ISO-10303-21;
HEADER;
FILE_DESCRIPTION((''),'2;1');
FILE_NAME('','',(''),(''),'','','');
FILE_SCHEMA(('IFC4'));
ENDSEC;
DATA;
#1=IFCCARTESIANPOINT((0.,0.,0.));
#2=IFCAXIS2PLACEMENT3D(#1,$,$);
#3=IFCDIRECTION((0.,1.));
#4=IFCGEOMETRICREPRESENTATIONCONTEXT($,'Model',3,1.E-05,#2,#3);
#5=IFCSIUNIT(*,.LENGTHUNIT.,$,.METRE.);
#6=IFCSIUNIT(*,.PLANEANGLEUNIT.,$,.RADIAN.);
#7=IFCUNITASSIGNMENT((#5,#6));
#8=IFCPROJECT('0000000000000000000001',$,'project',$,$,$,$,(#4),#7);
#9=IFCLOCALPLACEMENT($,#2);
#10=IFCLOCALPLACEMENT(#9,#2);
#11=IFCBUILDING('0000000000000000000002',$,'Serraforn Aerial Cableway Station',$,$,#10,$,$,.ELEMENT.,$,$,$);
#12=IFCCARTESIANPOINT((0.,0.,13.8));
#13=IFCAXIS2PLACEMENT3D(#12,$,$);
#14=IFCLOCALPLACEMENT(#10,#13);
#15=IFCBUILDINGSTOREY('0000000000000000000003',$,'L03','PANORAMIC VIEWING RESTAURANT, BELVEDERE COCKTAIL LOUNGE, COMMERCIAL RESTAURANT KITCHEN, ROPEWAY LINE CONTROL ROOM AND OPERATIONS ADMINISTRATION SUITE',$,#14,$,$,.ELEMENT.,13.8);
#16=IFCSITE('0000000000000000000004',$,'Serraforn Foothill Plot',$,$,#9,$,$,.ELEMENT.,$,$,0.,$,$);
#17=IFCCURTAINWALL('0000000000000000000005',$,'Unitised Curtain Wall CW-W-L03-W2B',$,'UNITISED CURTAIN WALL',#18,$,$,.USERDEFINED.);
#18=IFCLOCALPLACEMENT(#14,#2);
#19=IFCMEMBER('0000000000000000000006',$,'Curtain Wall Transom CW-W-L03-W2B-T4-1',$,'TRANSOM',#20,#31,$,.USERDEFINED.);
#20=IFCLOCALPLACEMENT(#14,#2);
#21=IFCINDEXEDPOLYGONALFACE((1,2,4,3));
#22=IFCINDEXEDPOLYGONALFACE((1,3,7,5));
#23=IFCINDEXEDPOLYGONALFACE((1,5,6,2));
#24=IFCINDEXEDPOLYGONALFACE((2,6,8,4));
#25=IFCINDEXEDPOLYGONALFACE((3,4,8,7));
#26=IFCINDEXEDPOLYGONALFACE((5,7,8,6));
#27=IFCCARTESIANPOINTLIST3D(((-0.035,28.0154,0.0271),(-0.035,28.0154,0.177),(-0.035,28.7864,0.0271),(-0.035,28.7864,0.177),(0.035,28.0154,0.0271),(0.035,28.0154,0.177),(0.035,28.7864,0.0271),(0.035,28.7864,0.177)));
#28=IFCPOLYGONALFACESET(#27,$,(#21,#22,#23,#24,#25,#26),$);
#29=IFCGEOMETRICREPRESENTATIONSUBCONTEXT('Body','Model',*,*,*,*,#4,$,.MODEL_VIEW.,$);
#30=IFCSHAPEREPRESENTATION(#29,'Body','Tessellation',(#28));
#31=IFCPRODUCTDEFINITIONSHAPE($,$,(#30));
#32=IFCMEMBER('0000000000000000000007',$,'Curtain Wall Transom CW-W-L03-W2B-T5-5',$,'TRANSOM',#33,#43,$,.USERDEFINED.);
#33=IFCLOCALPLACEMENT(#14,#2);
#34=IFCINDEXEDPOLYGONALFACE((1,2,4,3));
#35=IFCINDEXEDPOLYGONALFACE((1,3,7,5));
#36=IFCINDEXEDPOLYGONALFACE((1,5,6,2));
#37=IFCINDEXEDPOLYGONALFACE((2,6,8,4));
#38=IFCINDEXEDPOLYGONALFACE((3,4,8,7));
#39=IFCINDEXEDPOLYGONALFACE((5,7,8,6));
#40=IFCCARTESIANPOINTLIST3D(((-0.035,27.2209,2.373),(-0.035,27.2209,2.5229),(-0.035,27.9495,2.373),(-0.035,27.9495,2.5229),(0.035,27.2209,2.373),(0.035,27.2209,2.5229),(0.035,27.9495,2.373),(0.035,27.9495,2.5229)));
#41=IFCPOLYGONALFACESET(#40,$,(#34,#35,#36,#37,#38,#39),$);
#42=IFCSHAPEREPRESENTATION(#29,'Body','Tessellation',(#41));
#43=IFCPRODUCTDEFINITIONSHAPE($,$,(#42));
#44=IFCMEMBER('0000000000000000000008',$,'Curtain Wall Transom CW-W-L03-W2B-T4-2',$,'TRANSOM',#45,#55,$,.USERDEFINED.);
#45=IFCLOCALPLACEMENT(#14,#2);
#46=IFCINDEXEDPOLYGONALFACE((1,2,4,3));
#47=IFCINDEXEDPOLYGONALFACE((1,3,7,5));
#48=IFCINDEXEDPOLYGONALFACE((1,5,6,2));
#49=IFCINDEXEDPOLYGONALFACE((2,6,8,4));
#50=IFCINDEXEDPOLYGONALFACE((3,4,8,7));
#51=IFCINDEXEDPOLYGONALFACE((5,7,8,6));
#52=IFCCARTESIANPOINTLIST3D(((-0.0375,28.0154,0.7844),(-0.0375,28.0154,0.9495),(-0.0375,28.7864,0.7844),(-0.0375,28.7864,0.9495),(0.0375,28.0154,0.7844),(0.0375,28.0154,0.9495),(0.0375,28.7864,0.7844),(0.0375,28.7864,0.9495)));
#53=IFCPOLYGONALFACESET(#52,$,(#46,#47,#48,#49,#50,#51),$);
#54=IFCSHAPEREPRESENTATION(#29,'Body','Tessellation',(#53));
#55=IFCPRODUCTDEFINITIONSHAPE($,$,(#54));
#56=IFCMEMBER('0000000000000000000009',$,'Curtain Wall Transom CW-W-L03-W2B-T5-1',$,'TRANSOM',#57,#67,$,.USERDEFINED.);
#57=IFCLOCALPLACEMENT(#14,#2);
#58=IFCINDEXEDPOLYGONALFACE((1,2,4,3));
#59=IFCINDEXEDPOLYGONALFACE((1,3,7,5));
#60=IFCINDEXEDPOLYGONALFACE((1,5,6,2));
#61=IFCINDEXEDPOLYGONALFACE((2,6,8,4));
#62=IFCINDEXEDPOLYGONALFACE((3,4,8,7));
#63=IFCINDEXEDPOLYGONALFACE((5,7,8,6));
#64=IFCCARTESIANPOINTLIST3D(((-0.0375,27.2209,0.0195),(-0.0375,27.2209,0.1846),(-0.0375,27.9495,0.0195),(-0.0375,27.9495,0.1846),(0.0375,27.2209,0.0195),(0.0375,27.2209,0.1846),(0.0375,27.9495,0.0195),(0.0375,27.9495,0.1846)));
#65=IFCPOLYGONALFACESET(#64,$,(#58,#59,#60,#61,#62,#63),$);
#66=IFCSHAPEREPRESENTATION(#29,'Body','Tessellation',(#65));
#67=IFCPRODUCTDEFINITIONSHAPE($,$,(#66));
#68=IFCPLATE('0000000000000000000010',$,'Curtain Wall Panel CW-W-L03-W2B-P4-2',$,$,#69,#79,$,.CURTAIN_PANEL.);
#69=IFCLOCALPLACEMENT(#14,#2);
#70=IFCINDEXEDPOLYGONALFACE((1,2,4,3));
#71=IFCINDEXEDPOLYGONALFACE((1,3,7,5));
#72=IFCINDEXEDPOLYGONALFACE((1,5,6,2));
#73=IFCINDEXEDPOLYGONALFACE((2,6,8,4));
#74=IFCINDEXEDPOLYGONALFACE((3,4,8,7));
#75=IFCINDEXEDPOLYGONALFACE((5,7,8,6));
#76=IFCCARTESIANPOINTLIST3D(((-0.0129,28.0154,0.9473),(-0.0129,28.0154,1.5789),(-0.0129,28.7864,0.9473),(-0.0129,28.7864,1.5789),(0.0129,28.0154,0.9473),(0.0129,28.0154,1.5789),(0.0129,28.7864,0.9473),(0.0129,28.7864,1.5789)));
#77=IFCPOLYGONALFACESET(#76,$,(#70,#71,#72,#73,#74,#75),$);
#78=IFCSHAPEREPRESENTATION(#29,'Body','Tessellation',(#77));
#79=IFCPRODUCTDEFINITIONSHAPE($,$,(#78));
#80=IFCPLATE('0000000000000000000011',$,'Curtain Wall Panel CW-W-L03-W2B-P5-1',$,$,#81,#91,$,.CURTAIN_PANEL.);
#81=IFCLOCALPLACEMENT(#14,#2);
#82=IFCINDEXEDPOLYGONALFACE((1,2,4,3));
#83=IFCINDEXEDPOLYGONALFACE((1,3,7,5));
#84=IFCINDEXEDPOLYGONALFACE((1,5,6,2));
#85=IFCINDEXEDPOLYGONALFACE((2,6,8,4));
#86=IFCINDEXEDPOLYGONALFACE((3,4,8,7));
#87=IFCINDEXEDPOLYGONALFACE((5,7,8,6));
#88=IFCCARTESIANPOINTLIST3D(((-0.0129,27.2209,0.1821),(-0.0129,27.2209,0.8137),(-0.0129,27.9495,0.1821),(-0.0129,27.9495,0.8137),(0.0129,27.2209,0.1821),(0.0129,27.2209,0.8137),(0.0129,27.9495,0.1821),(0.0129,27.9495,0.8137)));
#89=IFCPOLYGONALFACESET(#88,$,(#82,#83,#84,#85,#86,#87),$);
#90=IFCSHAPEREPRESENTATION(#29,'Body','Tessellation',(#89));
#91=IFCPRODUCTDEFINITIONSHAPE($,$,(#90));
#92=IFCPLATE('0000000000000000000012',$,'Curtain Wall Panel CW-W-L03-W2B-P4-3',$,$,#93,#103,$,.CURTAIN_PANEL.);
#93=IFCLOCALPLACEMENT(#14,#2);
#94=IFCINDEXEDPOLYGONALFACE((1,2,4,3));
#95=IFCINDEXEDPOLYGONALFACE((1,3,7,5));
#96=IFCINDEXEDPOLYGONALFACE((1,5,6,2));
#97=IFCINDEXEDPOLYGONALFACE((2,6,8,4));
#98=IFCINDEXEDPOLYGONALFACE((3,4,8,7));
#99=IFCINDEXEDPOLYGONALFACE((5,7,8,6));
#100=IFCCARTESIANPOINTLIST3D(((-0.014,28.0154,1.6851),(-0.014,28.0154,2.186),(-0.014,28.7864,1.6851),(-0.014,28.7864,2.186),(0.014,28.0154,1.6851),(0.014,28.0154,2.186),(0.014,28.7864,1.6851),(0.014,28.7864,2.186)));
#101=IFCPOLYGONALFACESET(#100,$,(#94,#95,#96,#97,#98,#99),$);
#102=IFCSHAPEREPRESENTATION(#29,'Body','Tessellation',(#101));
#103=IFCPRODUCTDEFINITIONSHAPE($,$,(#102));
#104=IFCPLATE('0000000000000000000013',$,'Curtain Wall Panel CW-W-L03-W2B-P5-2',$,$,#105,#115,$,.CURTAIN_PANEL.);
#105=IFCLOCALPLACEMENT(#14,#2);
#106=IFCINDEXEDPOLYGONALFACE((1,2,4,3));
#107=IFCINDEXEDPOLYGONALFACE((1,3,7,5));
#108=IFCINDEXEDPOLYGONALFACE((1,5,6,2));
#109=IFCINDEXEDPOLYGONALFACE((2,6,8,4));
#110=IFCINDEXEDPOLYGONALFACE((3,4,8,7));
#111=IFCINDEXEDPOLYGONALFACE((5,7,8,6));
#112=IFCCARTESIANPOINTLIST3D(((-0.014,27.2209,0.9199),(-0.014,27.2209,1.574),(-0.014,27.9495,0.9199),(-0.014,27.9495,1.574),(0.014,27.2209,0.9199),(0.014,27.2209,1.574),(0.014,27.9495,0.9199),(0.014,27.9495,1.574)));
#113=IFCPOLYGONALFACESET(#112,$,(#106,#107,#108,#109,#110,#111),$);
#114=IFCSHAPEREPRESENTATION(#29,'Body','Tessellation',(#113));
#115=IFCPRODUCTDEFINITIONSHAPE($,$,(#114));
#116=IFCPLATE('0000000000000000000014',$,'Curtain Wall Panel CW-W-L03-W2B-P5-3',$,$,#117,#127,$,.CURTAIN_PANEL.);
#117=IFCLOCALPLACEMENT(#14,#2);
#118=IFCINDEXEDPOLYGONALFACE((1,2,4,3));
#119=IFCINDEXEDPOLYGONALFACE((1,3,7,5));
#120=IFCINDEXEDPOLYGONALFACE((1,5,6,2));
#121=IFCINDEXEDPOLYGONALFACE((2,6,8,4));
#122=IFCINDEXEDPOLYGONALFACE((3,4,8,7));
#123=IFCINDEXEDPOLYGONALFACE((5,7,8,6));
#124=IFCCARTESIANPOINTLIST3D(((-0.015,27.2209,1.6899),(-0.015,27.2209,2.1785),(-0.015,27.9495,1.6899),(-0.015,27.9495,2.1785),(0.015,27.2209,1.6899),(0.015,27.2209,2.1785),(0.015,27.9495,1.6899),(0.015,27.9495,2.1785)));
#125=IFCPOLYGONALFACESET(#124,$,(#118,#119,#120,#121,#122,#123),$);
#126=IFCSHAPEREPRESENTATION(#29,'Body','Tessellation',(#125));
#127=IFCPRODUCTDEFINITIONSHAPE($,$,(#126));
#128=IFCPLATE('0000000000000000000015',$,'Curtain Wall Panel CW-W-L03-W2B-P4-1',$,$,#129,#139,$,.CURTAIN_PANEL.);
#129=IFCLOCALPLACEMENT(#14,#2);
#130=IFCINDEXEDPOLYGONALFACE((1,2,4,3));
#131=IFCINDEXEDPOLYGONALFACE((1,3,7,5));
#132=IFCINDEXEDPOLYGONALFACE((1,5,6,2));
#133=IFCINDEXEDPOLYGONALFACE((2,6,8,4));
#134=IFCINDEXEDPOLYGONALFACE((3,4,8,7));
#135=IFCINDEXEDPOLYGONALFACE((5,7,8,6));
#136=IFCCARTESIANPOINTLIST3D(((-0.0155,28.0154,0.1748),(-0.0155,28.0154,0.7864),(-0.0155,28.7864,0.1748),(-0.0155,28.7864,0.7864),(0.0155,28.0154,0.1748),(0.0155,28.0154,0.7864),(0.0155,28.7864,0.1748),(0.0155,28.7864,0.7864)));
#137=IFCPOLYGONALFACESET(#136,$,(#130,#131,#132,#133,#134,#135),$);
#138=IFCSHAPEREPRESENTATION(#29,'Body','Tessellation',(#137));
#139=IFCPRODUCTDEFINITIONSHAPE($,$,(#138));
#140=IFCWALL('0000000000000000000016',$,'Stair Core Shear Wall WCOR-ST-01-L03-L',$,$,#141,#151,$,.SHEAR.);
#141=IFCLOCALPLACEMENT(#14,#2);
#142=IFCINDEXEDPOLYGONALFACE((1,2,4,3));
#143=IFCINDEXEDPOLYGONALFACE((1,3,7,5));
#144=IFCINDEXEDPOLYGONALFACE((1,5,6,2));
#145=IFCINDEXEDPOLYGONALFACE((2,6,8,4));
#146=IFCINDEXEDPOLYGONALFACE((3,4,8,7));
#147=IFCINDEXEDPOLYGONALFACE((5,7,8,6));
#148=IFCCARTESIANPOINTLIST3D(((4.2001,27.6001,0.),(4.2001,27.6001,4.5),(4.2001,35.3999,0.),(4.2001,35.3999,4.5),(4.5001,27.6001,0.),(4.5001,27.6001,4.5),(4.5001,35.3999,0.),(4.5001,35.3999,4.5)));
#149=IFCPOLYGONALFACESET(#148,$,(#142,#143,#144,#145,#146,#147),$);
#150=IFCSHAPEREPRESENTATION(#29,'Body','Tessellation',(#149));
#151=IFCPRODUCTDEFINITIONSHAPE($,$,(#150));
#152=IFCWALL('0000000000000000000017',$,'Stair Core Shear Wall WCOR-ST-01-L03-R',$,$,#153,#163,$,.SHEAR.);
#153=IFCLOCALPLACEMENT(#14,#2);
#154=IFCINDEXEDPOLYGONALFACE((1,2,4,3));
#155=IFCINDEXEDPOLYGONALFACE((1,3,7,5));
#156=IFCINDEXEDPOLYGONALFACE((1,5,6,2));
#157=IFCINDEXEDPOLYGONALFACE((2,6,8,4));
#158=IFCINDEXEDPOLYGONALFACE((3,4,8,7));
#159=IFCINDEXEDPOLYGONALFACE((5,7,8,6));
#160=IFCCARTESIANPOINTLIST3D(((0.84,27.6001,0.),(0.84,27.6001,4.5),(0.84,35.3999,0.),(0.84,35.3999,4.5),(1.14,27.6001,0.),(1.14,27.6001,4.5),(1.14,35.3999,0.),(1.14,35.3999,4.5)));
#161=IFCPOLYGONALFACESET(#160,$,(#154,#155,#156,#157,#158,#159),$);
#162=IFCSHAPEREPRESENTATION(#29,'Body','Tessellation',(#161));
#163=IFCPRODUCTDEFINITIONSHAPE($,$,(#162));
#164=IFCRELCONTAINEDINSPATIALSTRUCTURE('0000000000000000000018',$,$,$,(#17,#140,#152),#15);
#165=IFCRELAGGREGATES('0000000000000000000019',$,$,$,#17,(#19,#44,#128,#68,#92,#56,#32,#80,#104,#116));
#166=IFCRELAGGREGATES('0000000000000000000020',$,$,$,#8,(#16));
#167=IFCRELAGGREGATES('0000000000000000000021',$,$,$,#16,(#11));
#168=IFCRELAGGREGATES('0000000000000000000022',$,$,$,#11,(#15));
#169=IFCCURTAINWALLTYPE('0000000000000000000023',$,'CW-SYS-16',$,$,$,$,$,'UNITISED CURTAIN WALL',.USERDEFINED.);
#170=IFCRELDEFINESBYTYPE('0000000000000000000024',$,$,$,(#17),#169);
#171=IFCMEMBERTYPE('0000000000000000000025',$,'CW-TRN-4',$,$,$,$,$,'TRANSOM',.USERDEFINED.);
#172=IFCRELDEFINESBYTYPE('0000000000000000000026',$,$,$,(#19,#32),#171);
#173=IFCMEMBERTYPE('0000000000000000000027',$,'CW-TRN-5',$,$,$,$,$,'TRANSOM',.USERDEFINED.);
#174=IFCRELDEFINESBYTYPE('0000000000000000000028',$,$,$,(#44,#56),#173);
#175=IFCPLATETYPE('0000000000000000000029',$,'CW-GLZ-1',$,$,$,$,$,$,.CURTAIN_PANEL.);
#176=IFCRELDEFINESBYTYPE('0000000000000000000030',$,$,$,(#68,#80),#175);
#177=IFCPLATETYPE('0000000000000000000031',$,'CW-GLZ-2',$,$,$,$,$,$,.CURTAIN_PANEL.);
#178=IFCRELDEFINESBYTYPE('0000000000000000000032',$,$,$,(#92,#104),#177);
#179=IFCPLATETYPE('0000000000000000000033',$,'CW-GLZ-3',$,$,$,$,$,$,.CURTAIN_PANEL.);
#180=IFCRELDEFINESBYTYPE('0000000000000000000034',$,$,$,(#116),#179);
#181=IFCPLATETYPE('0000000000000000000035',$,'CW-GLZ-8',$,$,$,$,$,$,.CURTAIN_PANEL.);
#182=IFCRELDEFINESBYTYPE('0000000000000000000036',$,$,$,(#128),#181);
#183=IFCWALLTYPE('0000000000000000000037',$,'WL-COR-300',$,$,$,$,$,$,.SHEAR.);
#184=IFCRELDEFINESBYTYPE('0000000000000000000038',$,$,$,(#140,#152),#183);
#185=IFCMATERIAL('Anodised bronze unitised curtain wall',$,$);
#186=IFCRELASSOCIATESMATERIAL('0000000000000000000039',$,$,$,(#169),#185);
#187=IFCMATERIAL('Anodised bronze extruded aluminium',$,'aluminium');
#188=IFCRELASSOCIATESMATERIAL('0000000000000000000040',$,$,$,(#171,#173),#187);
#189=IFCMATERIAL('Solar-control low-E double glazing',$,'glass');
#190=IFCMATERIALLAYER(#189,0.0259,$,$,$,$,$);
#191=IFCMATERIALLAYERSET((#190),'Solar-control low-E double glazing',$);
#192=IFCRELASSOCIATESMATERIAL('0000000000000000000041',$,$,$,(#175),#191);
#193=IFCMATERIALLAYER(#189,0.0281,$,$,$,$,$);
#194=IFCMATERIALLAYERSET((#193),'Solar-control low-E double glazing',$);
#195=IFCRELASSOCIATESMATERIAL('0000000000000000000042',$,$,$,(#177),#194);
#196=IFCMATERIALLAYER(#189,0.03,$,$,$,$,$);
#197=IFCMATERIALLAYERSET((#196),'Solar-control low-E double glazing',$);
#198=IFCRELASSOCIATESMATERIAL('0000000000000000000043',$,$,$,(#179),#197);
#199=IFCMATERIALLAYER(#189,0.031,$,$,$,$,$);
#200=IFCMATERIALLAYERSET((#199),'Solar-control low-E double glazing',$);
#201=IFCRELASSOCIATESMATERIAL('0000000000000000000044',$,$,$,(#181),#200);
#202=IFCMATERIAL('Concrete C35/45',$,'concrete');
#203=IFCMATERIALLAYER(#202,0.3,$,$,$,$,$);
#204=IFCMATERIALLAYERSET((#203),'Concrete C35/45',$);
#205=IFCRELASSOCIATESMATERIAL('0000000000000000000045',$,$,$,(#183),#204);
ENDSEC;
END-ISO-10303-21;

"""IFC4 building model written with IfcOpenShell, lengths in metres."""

from ifc_helpers import new_model, si_unit, direction, frame, frame_2d, origin, origin_2d, place, context, subcontext, project, spatial, rectangle, extrude, material, layer, layer_set, material_profile, profile_set, type_object, element, aggregate, save


model = new_model("IFC4")

# Units and contexts
model_context = context("Model", 3, precision=1e-05, world=origin(), true_north=direction((0.0, 1.0)))
body_context = subcontext(model_context, "Body", "Model", "MODEL_VIEW")
ifc_project = project(units=[si_unit("LENGTHUNIT", "METRE"), si_unit("PLANEANGLEUNIT", "RADIAN")], contexts=[model_context])

# Site, building, storey
site_placement = place(None, origin())
site = spatial("IfcSite", under=ifc_project, at=site_placement, Name="Serraforn Foothill Plot", CompositionType="ELEMENT", RefElevation=0.0)
building_placement = place(site_placement, origin())
building = spatial("IfcBuilding", under=site, at=building_placement, Name="Serraforn Aerial Cableway Station", CompositionType="ELEMENT")
storey_placement = place(building_placement, frame((0.0, 0.0, 13.8)))
storey = spatial("IfcBuildingStorey", under=building, at=storey_placement, Name="L03", Description="PANORAMIC VIEWING RESTAURANT, BELVEDERE COCKTAIL LOUNGE, COMMERCIAL RESTAURANT KITCHEN, ROPEWAY LINE CONTROL ROOM AND OPERATIONS ADMINISTRATION SUITE", CompositionType="ELEMENT", Elevation=13.8)

# Curtain wall, members, plates
ifc_material_1 = material(Name="Anodised bronze unitised curtain wall")
curtain_wall_type = type_object("IfcCurtainWallType", Name="CW-SYS-16", ElementType="UNITISED CURTAIN WALL", PredefinedType="USERDEFINED", material=ifc_material_1)
curtain_wall_placement = place(storey_placement, origin())
curtain_wall = element("IfcCurtainWall", 1, at=curtain_wall_placement, inside=storey, type_object=curtain_wall_type, Name="Unitised Curtain Wall CW-W-L03-W2B", ObjectType="UNITISED CURTAIN WALL", PredefinedType="USERDEFINED")
ifc_material_2 = material(Name="Anodised bronze extruded aluminium", Category="aluminium")
ifc_material_profile_1 = material_profile(ifc_material_2, rectangle(XDim=0.0701, YDim=0.1499, at=origin_2d()), Name="CW TRANSOM 70x150")
ifc_profile_set_1 = profile_set([ifc_material_profile_1], Name="Anodised bronze extruded aluminium")
member_type_1 = type_object("IfcMemberType", Name="CW-TRN-4", ElementType="TRANSOM", PredefinedType="USERDEFINED", material=ifc_profile_set_1)
member_1_placement = place(storey_placement, frame((0.0, 28.7864, 0.1021), z_axis=(0.0, -1.0, 0.0), x_axis=(1.0, 0.0, 0.0)))
member_1 = element("IfcMember", 2, at=member_1_placement, type_object=member_type_1, Name="Curtain Wall Transom CW-W-L03-W2B-T4-1", ObjectType="TRANSOM", PredefinedType="USERDEFINED", context=body_context, shape_type="SweptSolid", body=[
    extrude(rectangle(XDim=0.0701, YDim=0.1499, at=origin_2d()), origin(), (0.0, 0.0, 1.0), 0.771),
])
member_2_placement = place(storey_placement, frame((0.0, 27.9495, 2.448), z_axis=(0.0, -1.0, 0.0), x_axis=(1.0, 0.0, 0.0)))
member_2 = element("IfcMember", 3, at=member_2_placement, type_object=member_type_1, Name="Curtain Wall Transom CW-W-L03-W2B-T5-5", ObjectType="TRANSOM", PredefinedType="USERDEFINED", context=body_context, shape_type="SweptSolid", body=[
    extrude(rectangle(XDim=0.0701, YDim=0.1499, at=origin_2d()), origin(), (0.0, 0.0, 1.0), 0.7285),
])
ifc_material_profile_2 = material_profile(ifc_material_2, rectangle(XDim=0.075, YDim=0.165, at=origin_2d()), Name="CW TRANSOM 75x165")
ifc_profile_set_2 = profile_set([ifc_material_profile_2], Name="Anodised bronze extruded aluminium")
member_type_2 = type_object("IfcMemberType", Name="CW-TRN-5", ElementType="TRANSOM", PredefinedType="USERDEFINED", material=ifc_profile_set_2)
member_3_placement = place(storey_placement, frame((0.0, 28.7864, 0.8669), z_axis=(0.0, -1.0, 0.0), x_axis=(1.0, 0.0, 0.0)))
member_3 = element("IfcMember", 4, at=member_3_placement, type_object=member_type_2, Name="Curtain Wall Transom CW-W-L03-W2B-T4-2", ObjectType="TRANSOM", PredefinedType="USERDEFINED", context=body_context, shape_type="SweptSolid", body=[
    extrude(rectangle(XDim=0.075, YDim=0.165, at=origin_2d()), origin(), (0.0, 0.0, 1.0), 0.771),
])
member_4_placement = place(storey_placement, frame((0.0, 27.9495, 0.1021), z_axis=(0.0, -1.0, 0.0), x_axis=(1.0, 0.0, 0.0)))
member_4 = element("IfcMember", 5, at=member_4_placement, type_object=member_type_2, Name="Curtain Wall Transom CW-W-L03-W2B-T5-1", ObjectType="TRANSOM", PredefinedType="USERDEFINED", context=body_context, shape_type="SweptSolid", body=[
    extrude(rectangle(XDim=0.075, YDim=0.165, at=origin_2d()), origin(), (0.0, 0.0, 1.0), 0.7285),
])
ifc_material_3 = material(Name="Solar-control low-E double glazing", Category="glass")
ifc_layer_1 = layer(ifc_material_3, 0.0259)
ifc_layer_set_1 = layer_set([ifc_layer_1], Name="Solar-control low-E double glazing")
plate_type_1 = type_object("IfcPlateType", Name="CW-GLZ-1", PredefinedType="CURTAIN_PANEL", material=ifc_layer_set_1)
plate_1_placement = place(storey_placement, frame((0.0, 28.4009, 0.9473), z_axis=(0.0, 0.0, 1.0), x_axis=(1.0, 0.0, 0.0)))
plate_1 = element("IfcPlate", 6, at=plate_1_placement, type_object=plate_type_1, Name="Curtain Wall Panel CW-W-L03-W2B-P4-2", PredefinedType="CURTAIN_PANEL", context=body_context, shape_type="SweptSolid", body=[
    extrude(rectangle(XDim=0.0259, YDim=0.771, at=origin_2d()), origin(), (0.0, 0.0, 1.0), 0.6316),
])
plate_2_placement = place(storey_placement, frame((0.0, 27.5852, 0.1821), z_axis=(0.0, 0.0, 1.0), x_axis=(1.0, 0.0, 0.0)))
plate_2 = element("IfcPlate", 7, at=plate_2_placement, type_object=plate_type_1, Name="Curtain Wall Panel CW-W-L03-W2B-P5-1", PredefinedType="CURTAIN_PANEL", context=body_context, shape_type="SweptSolid", body=[
    extrude(rectangle(XDim=0.0259, YDim=0.7285, at=origin_2d()), origin(), (0.0, 0.0, 1.0), 0.6316),
])
ifc_layer_2 = layer(ifc_material_3, 0.0281)
ifc_layer_set_2 = layer_set([ifc_layer_2], Name="Solar-control low-E double glazing")
plate_type_2 = type_object("IfcPlateType", Name="CW-GLZ-2", PredefinedType="CURTAIN_PANEL", material=ifc_layer_set_2)
plate_3_placement = place(storey_placement, frame((0.0, 28.4009, 1.6851), z_axis=(0.0, 0.0, 1.0), x_axis=(1.0, 0.0, 0.0)))
plate_3 = element("IfcPlate", 8, at=plate_3_placement, type_object=plate_type_2, Name="Curtain Wall Panel CW-W-L03-W2B-P4-3", PredefinedType="CURTAIN_PANEL", context=body_context, shape_type="SweptSolid", body=[
    extrude(rectangle(XDim=0.0281, YDim=0.771, at=origin_2d()), origin(), (0.0, 0.0, 1.0), 0.501),
])
plate_4_placement = place(storey_placement, frame((0.0, 27.5852, 0.9199), z_axis=(0.0, 0.0, 1.0), x_axis=(1.0, 0.0, 0.0)))
plate_4 = element("IfcPlate", 9, at=plate_4_placement, type_object=plate_type_2, Name="Curtain Wall Panel CW-W-L03-W2B-P5-2", PredefinedType="CURTAIN_PANEL", context=body_context, shape_type="SweptSolid", body=[
    extrude(rectangle(XDim=0.0281, YDim=0.7285, at=origin_2d()), origin(), (0.0, 0.0, 1.0), 0.6541),
])
ifc_layer_3 = layer(ifc_material_3, 0.03)
ifc_layer_set_3 = layer_set([ifc_layer_3], Name="Solar-control low-E double glazing")
plate_type_3 = type_object("IfcPlateType", Name="CW-GLZ-3", PredefinedType="CURTAIN_PANEL", material=ifc_layer_set_3)
plate_5_placement = place(storey_placement, frame((0.0, 27.5852, 1.6899), z_axis=(0.0, 0.0, 1.0), x_axis=(1.0, 0.0, 0.0)))
plate_5 = element("IfcPlate", 10, at=plate_5_placement, type_object=plate_type_3, Name="Curtain Wall Panel CW-W-L03-W2B-P5-3", PredefinedType="CURTAIN_PANEL", context=body_context, shape_type="SweptSolid", body=[
    extrude(rectangle(XDim=0.03, YDim=0.7285, at=origin_2d()), origin(), (0.0, 0.0, 1.0), 0.4885),
])
ifc_layer_4 = layer(ifc_material_3, 0.031)
ifc_layer_set_4 = layer_set([ifc_layer_4], Name="Solar-control low-E double glazing")
plate_type_4 = type_object("IfcPlateType", Name="CW-GLZ-8", PredefinedType="CURTAIN_PANEL", material=ifc_layer_set_4)
plate_6_placement = place(storey_placement, frame((0.0, 28.4009, 0.1748), z_axis=(0.0, 0.0, 1.0), x_axis=(1.0, 0.0, 0.0)))
plate_6 = element("IfcPlate", 11, at=plate_6_placement, type_object=plate_type_4, Name="Curtain Wall Panel CW-W-L03-W2B-P4-1", PredefinedType="CURTAIN_PANEL", context=body_context, shape_type="SweptSolid", body=[
    extrude(rectangle(XDim=0.031, YDim=0.771, at=origin_2d()), origin(), (0.0, 0.0, 1.0), 0.6116),
])
aggregate(curtain_wall, [member_1, member_3, plate_6, plate_1, plate_3, member_4, member_2, plate_2, plate_4, plate_5])

# Shared definitions
ifc_material_4 = material(Name="Concrete C35/45", Category="concrete")
ifc_layer_5 = layer(ifc_material_4, 0.3)
ifc_layer_set_5 = layer_set([ifc_layer_5], Name="Concrete C35/45")
wall_type = type_object("IfcWallType", Name="WL-COR-300", PredefinedType="SHEAR", material=ifc_layer_set_5)

# Walls
for number, where, z_axis, x_axis, name in (
    (12, (4.3501, 27.6001, 0.0), (0.0, 0.0, 1.0), (0.0, 1.0, 0.0), "Stair Core Shear Wall WCOR-ST-01-L03-L"),
    (13, (0.99, 27.6001, 0.0), (0.0, 0.0, 1.0), (0.0, 1.0, 0.0), "Stair Core Shear Wall WCOR-ST-01-L03-R"),
):
    element("IfcWall", number, at=place(storey_placement, frame(where, z_axis=z_axis, x_axis=x_axis)), inside=storey, type_object=wall_type, Name=name, PredefinedType="SHEAR", context=body_context, shape_type="SweptSolid", body=[
        extrude(rectangle(XDim=7.7998, YDim=0.3, at=frame_2d((3.8999, 0.0))), origin(), (0.0, 0.0, 1.0), 4.5),
    ])

save(model, "model.ifc")
